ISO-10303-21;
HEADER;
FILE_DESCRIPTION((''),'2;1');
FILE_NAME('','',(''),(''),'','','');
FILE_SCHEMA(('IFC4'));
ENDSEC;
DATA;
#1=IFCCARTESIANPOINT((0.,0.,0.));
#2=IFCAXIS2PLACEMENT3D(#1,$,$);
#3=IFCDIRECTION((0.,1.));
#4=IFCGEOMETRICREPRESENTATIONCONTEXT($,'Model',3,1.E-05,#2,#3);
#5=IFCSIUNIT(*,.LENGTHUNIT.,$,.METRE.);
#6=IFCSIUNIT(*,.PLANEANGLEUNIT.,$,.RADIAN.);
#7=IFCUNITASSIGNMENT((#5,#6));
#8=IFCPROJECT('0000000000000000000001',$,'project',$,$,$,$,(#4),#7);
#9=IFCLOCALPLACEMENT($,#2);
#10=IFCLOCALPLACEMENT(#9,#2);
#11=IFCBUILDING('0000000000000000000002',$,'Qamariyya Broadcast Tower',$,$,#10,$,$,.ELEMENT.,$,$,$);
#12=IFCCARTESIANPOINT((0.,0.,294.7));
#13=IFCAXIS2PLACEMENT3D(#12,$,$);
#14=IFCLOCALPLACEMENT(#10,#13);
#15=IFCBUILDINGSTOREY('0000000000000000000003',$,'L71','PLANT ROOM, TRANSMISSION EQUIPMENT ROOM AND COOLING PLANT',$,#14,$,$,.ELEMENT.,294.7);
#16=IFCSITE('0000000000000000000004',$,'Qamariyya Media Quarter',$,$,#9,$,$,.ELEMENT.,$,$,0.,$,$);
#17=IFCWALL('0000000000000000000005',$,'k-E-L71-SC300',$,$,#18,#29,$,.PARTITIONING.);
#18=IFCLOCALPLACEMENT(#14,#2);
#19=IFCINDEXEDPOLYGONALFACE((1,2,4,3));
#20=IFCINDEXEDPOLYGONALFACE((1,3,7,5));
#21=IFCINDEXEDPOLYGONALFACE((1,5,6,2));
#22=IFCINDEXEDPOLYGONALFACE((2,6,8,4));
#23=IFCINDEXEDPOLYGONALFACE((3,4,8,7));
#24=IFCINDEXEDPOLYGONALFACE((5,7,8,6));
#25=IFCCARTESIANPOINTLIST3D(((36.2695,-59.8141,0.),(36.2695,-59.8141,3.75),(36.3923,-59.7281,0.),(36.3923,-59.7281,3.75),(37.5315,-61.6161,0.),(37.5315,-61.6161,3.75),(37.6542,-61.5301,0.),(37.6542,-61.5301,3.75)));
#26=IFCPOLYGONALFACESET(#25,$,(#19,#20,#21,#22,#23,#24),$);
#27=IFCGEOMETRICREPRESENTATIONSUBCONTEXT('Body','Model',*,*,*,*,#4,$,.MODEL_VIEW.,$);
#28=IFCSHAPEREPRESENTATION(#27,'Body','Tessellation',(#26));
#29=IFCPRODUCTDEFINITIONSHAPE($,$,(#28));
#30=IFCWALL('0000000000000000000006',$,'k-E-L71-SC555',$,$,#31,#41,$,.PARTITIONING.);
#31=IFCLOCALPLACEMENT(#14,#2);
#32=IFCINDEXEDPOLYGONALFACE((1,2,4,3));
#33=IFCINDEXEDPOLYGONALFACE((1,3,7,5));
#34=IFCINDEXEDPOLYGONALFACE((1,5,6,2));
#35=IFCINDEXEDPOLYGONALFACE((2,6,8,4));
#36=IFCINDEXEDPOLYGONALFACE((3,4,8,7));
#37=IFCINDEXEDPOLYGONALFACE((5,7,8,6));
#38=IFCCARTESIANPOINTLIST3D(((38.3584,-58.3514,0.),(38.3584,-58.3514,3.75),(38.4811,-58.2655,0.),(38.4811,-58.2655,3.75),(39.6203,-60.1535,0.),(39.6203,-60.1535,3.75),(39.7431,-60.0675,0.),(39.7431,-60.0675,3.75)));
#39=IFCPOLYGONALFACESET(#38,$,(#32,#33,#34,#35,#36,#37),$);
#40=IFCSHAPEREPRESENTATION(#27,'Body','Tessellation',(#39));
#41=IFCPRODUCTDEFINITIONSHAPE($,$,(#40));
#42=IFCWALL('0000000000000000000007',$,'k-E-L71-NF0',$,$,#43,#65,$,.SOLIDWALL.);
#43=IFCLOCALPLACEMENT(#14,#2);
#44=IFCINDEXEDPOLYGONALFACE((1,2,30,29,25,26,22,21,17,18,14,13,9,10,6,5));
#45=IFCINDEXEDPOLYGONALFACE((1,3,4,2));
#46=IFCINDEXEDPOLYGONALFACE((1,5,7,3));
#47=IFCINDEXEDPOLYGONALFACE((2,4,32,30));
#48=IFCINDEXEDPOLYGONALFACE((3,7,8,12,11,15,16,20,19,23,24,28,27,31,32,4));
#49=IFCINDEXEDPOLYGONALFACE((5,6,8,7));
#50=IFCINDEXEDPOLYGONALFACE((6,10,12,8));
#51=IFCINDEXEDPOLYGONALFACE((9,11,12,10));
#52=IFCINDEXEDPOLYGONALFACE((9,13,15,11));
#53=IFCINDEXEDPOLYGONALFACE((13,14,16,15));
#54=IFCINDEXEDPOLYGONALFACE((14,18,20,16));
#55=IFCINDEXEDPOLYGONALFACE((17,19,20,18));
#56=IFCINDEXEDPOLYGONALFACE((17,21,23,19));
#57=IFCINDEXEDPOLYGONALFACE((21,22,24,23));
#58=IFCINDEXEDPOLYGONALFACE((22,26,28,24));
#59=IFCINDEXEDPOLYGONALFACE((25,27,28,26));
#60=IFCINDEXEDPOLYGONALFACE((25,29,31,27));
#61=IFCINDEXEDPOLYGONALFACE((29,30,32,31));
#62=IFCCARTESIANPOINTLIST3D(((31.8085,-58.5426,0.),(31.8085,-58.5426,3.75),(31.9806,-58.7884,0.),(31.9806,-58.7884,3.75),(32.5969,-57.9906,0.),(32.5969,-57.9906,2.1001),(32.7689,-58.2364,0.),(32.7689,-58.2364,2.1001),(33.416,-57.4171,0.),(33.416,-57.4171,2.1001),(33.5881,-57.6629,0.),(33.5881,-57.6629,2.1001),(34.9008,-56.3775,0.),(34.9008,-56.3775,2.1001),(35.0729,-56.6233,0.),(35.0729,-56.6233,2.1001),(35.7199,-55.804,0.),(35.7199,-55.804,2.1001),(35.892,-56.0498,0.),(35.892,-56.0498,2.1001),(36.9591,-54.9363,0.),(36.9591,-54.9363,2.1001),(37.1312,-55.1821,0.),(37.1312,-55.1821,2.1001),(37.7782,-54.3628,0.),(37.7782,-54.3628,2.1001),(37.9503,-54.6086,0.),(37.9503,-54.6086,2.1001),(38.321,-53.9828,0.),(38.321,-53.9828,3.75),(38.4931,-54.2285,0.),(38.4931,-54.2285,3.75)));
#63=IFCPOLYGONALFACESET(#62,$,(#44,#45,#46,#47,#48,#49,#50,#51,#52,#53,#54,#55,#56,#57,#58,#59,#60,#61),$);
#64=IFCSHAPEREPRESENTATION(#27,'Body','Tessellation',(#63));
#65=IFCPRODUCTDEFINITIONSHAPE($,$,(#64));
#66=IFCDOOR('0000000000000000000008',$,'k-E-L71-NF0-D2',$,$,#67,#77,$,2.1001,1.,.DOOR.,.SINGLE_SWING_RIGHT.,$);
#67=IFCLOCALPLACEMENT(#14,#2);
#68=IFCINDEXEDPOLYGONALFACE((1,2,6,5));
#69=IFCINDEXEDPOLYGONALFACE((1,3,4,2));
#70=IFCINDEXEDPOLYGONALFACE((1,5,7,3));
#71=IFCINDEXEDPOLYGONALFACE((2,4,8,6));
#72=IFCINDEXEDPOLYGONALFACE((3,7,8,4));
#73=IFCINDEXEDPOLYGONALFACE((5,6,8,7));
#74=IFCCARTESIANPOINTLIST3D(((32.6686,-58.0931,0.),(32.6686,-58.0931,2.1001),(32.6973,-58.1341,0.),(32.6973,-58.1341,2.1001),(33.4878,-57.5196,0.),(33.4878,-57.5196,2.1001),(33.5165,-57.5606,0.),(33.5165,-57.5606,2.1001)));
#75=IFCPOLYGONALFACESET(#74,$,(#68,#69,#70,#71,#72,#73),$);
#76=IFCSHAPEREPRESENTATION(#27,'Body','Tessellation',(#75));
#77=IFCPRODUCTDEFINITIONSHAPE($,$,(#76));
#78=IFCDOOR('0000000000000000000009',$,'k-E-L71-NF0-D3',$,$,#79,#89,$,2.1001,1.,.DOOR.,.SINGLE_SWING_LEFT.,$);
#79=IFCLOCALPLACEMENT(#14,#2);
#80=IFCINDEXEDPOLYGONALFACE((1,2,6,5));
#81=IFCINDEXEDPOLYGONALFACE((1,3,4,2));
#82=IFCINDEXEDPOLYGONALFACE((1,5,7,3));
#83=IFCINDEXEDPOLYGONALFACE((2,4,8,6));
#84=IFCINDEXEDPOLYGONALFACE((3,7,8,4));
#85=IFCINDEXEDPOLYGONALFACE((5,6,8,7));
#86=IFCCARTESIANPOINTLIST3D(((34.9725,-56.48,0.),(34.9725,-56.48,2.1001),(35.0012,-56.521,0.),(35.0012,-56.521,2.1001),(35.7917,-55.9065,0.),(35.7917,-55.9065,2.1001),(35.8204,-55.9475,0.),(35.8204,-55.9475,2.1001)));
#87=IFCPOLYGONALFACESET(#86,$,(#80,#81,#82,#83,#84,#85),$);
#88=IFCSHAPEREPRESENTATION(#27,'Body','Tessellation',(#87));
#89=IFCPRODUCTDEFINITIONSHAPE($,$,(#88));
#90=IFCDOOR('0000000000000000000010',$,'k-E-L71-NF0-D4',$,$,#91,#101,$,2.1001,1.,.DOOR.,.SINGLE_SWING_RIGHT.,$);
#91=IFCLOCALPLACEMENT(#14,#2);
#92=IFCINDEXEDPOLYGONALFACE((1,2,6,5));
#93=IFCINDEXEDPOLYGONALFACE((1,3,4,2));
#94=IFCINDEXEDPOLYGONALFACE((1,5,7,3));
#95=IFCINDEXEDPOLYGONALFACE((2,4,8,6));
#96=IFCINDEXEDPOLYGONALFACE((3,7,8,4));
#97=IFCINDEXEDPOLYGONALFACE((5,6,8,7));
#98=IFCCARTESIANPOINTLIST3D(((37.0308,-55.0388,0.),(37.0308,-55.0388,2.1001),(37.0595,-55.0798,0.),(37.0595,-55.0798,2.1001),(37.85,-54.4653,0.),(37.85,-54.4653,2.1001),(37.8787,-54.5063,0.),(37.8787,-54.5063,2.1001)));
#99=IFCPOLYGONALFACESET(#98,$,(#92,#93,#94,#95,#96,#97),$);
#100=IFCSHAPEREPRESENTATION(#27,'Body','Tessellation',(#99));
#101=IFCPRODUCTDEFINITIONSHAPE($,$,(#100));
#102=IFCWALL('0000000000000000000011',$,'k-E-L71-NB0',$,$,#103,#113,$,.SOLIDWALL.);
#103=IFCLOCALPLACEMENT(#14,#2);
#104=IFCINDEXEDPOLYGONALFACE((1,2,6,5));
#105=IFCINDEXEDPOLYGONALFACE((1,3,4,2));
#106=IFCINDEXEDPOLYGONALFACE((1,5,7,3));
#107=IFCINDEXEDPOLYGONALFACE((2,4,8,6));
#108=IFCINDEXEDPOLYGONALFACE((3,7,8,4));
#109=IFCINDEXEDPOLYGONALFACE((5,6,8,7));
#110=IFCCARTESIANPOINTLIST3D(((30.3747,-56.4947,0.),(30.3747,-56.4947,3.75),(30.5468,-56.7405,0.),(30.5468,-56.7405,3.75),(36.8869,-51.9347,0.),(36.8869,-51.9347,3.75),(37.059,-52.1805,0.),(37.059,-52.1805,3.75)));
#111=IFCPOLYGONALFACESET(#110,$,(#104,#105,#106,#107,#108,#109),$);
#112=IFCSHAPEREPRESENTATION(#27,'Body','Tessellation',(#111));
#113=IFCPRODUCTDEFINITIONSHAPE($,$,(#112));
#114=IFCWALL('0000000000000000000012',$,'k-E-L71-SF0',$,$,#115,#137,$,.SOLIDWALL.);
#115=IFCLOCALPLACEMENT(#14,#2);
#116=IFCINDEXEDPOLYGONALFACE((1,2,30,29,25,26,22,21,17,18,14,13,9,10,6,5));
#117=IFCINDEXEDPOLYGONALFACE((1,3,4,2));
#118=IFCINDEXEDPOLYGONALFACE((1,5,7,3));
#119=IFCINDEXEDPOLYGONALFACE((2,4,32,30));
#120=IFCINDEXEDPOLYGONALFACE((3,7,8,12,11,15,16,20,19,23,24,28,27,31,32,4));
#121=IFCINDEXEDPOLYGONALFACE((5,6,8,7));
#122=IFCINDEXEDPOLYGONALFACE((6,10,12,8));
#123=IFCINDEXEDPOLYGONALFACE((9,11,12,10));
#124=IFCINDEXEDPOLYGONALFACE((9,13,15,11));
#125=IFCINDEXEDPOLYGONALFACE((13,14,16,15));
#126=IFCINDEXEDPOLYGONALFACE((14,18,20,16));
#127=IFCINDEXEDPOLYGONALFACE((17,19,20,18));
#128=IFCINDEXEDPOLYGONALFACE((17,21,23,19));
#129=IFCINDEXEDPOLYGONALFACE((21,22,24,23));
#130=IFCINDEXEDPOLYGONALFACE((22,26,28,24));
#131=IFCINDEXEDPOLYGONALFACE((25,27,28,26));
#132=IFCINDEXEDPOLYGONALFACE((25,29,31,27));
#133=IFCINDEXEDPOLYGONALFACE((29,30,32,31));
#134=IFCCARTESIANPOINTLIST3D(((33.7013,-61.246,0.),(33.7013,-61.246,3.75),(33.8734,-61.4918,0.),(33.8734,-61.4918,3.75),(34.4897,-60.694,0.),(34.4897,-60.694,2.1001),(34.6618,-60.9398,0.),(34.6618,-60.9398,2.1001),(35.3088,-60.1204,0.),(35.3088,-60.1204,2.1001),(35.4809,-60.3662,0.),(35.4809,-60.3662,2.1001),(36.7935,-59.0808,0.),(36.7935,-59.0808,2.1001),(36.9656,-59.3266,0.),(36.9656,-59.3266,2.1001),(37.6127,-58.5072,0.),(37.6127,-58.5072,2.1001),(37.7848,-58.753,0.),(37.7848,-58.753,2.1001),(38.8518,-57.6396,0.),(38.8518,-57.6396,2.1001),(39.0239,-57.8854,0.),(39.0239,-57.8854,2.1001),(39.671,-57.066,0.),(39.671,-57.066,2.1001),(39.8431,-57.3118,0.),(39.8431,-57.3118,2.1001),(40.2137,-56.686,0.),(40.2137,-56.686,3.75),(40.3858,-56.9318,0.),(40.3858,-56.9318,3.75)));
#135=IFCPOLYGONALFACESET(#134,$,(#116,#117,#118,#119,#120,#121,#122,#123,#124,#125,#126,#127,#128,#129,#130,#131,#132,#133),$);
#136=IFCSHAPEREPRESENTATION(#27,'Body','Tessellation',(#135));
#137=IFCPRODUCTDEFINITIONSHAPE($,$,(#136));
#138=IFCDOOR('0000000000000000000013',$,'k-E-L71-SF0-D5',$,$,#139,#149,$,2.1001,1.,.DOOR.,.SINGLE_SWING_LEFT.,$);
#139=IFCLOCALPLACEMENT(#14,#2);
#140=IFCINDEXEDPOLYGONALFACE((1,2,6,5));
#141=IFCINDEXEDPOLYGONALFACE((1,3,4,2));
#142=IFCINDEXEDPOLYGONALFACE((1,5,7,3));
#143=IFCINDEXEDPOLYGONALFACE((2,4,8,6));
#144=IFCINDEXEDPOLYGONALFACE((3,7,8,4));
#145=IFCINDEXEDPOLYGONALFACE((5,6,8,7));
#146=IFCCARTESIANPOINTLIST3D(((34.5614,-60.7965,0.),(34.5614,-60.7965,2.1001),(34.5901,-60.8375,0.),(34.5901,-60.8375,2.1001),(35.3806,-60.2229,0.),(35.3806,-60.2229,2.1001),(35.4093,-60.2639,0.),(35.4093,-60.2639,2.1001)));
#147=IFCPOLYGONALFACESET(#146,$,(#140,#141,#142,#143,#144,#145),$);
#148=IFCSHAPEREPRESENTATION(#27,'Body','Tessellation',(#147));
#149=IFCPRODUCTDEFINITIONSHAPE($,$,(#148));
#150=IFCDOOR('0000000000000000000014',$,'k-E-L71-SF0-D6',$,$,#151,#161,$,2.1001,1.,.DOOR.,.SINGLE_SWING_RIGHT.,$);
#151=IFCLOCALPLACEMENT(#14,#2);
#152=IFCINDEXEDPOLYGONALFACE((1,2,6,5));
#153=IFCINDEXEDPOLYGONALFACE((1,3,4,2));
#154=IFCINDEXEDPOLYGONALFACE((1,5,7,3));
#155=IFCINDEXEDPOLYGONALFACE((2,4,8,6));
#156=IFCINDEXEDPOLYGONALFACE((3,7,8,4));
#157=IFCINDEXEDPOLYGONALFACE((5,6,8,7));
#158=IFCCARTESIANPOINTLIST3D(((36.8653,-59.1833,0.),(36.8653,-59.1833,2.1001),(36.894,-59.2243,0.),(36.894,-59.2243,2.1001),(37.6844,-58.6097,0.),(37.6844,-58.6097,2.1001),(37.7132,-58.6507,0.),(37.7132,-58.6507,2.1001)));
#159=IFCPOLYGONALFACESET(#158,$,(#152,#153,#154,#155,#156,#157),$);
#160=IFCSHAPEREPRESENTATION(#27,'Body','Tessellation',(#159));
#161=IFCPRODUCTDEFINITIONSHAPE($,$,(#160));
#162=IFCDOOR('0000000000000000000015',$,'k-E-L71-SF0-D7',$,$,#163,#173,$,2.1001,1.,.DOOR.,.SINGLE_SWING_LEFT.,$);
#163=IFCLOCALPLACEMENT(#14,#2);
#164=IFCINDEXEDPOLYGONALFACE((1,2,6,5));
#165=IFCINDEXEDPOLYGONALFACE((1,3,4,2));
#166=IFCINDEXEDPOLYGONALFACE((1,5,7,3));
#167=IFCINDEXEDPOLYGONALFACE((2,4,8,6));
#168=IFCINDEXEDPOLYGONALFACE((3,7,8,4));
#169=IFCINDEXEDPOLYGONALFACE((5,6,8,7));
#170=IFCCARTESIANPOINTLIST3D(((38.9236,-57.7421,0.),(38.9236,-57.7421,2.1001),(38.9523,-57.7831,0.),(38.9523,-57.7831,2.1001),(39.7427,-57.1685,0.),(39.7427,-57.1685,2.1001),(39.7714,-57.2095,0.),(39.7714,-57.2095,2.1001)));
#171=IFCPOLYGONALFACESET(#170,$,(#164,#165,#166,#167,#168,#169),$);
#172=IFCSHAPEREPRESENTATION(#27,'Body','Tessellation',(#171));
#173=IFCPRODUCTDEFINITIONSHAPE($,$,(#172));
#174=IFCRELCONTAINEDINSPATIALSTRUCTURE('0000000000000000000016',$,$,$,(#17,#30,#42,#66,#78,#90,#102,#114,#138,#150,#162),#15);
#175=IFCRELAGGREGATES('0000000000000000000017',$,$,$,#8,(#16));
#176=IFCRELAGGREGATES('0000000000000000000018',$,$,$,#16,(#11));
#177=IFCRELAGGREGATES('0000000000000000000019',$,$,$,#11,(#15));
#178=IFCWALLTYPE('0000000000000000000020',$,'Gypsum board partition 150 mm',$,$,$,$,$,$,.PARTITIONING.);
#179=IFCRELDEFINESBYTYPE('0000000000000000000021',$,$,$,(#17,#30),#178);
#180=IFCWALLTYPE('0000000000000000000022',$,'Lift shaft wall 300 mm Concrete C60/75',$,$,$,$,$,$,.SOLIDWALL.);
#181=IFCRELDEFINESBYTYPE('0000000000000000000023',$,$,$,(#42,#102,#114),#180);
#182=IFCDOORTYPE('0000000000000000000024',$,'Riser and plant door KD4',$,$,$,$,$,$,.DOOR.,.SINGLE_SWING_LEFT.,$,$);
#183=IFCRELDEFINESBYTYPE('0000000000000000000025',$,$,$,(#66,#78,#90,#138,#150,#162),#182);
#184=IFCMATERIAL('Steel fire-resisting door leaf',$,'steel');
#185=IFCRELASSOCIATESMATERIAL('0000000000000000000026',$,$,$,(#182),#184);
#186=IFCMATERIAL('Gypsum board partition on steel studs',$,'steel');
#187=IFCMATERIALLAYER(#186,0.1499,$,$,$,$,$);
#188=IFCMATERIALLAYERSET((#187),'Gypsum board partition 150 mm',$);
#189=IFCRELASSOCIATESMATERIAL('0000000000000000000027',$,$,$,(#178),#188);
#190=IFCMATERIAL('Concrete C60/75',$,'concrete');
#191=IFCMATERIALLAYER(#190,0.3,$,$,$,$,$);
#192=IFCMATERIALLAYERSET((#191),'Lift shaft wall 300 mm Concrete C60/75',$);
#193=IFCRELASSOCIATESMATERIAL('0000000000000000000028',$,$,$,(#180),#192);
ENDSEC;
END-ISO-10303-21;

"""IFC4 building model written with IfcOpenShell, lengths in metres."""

from ifc_helpers import new_model, si_unit, direction, frame, frame_2d, origin, place, context, subcontext, project, spatial, rectangle, extrude, material, layer, layer_set, type_object, element, fill, save


model = new_model("IFC4")

# Units and contexts
model_context = context("Model", 3, precision=1e-05, world=origin(), true_north=direction((0.0, 1.0)))
body_context = subcontext(model_context, "Body", "Model", "MODEL_VIEW")
ifc_project = project(units=[si_unit("LENGTHUNIT", "METRE"), si_unit("PLANEANGLEUNIT", "RADIAN")], contexts=[model_context])

# Site, building, storey
site_placement = place(None, origin())
site = spatial("IfcSite", under=ifc_project, at=site_placement, Name="Qamariyya Media Quarter", CompositionType="ELEMENT", RefElevation=0.0)
building_placement = place(site_placement, origin())
building = spatial("IfcBuilding", under=site, at=building_placement, Name="Qamariyya Broadcast Tower", CompositionType="ELEMENT")
storey_placement = place(building_placement, frame((0.0, 0.0, 294.7)))
storey = spatial("IfcBuildingStorey", under=building, at=storey_placement, Name="L71", Description="PLANT ROOM, TRANSMISSION EQUIPMENT ROOM AND COOLING PLANT", CompositionType="ELEMENT", Elevation=294.7)

# Shared definitions
ifc_material_1 = material(Name="Concrete C60/75", Category="concrete")
ifc_material_2 = material(Name="Steel fire-resisting door leaf", Category="steel")

# Shared definitions
door_type_1 = type_object("IfcDoorType", Name="Riser and plant door KD4", OperationType="SINGLE_SWING_LEFT", PredefinedType="DOOR", material=ifc_material_2)

# Walls
ifc_material_3 = material(Name="Gypsum board partition on steel studs", Category="steel")
ifc_layer_1 = layer(ifc_material_3, 0.1499)
ifc_layer_set_1 = layer_set([ifc_layer_1], Name="Gypsum board partition 150 mm")
wall_type_1 = type_object("IfcWallType", Name="Gypsum board partition 150 mm", PredefinedType="PARTITIONING", material=ifc_layer_set_1)
for number, where, z_axis, x_axis, name in (
    (1, (36.3308, -59.771, 0.0), (0.0, 0.0, 1.0), (0.573634, -0.819112, 0.0), "k-E-L71-SC300"),
    (2, (38.4197, -58.3083, 0.0), (0.0, 0.0, 1.0), (0.573634, -0.819112, 0.0), "k-E-L71-SC555"),
):
    element("IfcWall", number, at=place(storey_placement, frame(where, z_axis=z_axis, x_axis=x_axis)), inside=storey, type_object=wall_type_1, Name=name, PredefinedType="PARTITIONING", context=body_context, shape_type="SweptSolid", body=[
        extrude(rectangle(XDim=2.2, YDim=0.1499, at=frame_2d((1.1001, 0.0))), origin(), (0.0, 0.0, 1.0), 3.75),
    ])

# Wall, openings, doors
ifc_layer_2 = layer(ifc_material_1, 0.3)
ifc_layer_set_2 = layer_set([ifc_layer_2], Name="Lift shaft wall 300 mm Concrete C60/75")
wall_type_2 = type_object("IfcWallType", Name="Lift shaft wall 300 mm Concrete C60/75", PredefinedType="SOLIDWALL", material=ifc_layer_set_2)
wall_1_placement = place(storey_placement, frame((31.8945, -58.6655, 0.0), z_axis=(0.0, 0.0, 1.0), x_axis=(0.819167, 0.573555, 0.0)))
wall_1 = element("IfcWall", 3, at=wall_1_placement, inside=storey, type_object=wall_type_2, Name="k-E-L71-NF0", PredefinedType="SOLIDWALL", context=body_context, shape_type="SweptSolid", body=[
    extrude(rectangle(XDim=7.9502, YDim=0.3, at=frame_2d((3.9751, 0.0))), origin(), (0.0, 0.0, 1.0), 3.75),
])
opening_1_placement = place(wall_1_placement, frame((0.9624, 0.0, 0.0)))
opening_1 = element("IfcOpeningElement", 4, at=opening_1_placement, cuts=wall_1, PredefinedType="OPENING", context=body_context, shape_type="SweptSolid", body=[
    extrude(rectangle(XDim=1.0, YDim=2.1001, at=frame_2d((0.5, 1.05))), frame((0.0, 0.1599, 0.0), z_axis=(0.0, -1.0, 0.0), x_axis=(1.0, 0.0, 0.0)), (0.0, 0.0, 1.0), 0.3201),
])
opening_2_placement = place(wall_1_placement, frame((3.7749, 0.0, 0.0)))
opening_2 = element("IfcOpeningElement", 5, at=opening_2_placement, cuts=wall_1, PredefinedType="OPENING", context=body_context, shape_type="SweptSolid", body=[
    extrude(rectangle(XDim=1.0, YDim=2.1001, at=frame_2d((0.5, 1.05))), frame((0.0, 0.1599, 0.0), z_axis=(0.0, -1.0, 0.0), x_axis=(1.0, 0.0, 0.0)), (0.0, 0.0, 1.0), 0.3201),
])
opening_3_placement = place(wall_1_placement, frame((6.2876, 0.0, 0.0)))
opening_3 = element("IfcOpeningElement", 6, at=opening_3_placement, cuts=wall_1, PredefinedType="OPENING", context=body_context, shape_type="SweptSolid", body=[
    extrude(rectangle(XDim=1.0, YDim=2.1001, at=frame_2d((0.5, 1.05))), frame((0.0, 0.1599, 0.0), z_axis=(0.0, -1.0, 0.0), x_axis=(1.0, 0.0, 0.0)), (0.0, 0.0, 1.0), 0.3201),
])
door_1_placement = place(opening_1_placement, origin())
door_1 = element("IfcDoor", 7, at=door_1_placement, inside=storey, type_object=door_type_1, Name="k-E-L71-NF0-D2", OperationType="SINGLE_SWING_RIGHT", OverallHeight=2.1001, OverallWidth=1.0, PredefinedType="DOOR", context=body_context, shape_type="SweptSolid", body=[
    extrude(rectangle(XDim=1.0, YDim=2.1001, at=frame_2d((0.5, 1.05))), frame((0.0, 0.0249, 0.0), z_axis=(0.0, -1.0, 0.0), x_axis=(1.0, 0.0, 0.0)), (0.0, 0.0, 1.0), 0.05),
])
fill(opening_1, door_1)
door_2_placement = place(opening_2_placement, origin())
door_2 = element("IfcDoor", 8, at=door_2_placement, inside=storey, type_object=door_type_1, Name="k-E-L71-NF0-D3", OperationType="SINGLE_SWING_LEFT", OverallHeight=2.1001, OverallWidth=1.0, PredefinedType="DOOR", context=body_context, shape_type="SweptSolid", body=[
    extrude(rectangle(XDim=1.0, YDim=2.1001, at=frame_2d((0.5, 1.05))), frame((0.0, 0.0249, 0.0), z_axis=(0.0, -1.0, 0.0), x_axis=(1.0, 0.0, 0.0)), (0.0, 0.0, 1.0), 0.05),
])
fill(opening_2, door_2)
door_3_placement = place(opening_3_placement, origin())
door_3 = element("IfcDoor", 9, at=door_3_placement, inside=storey, type_object=door_type_1, Name="k-E-L71-NF0-D4", OperationType="SINGLE_SWING_RIGHT", OverallHeight=2.1001, OverallWidth=1.0, PredefinedType="DOOR", context=body_context, shape_type="SweptSolid", body=[
    extrude(rectangle(XDim=1.0, YDim=2.1001, at=frame_2d((0.5, 1.05))), frame((0.0, 0.0249, 0.0), z_axis=(0.0, -1.0, 0.0), x_axis=(1.0, 0.0, 0.0)), (0.0, 0.0, 1.0), 0.05),
])
fill(opening_3, door_3)

# Wall
wall_2_placement = place(storey_placement, frame((30.4607, -56.6177, 0.0), z_axis=(0.0, 0.0, 1.0), x_axis=(0.819142, 0.57359, 0.0)))
element("IfcWall", 10, at=wall_2_placement, inside=storey, type_object=wall_type_2, Name="k-E-L71-NB0", PredefinedType="SOLIDWALL", context=body_context, shape_type="SweptSolid", body=[
    extrude(rectangle(XDim=7.95, YDim=0.3, at=frame_2d((3.9751, 0.0))), origin(), (0.0, 0.0, 1.0), 3.75),
])

# Wall, openings, doors
wall_3_placement = place(storey_placement, frame((33.7874, -61.3689, 0.0), z_axis=(0.0, 0.0, 1.0), x_axis=(0.819153, 0.573576, 0.0)))
wall_3 = element("IfcWall", 11, at=wall_3_placement, inside=storey, type_object=wall_type_2, Name="k-E-L71-SF0", PredefinedType="SOLIDWALL", context=body_context, shape_type="SweptSolid", body=[
    extrude(rectangle(XDim=7.9502, YDim=0.3, at=frame_2d((3.9751, 0.0))), origin(), (0.0, 0.0, 1.0), 3.75),
])
opening_4_placement = place(wall_3_placement, frame((0.9624, 0.0, 0.0)))
opening_4 = element("IfcOpeningElement", 12, at=opening_4_placement, cuts=wall_3, PredefinedType="OPENING", context=body_context, shape_type="SweptSolid", body=[
    extrude(rectangle(XDim=1.0, YDim=2.1001, at=frame_2d((0.5, 1.05))), frame((0.0, 0.1599, 0.0), z_axis=(0.0, -1.0, 0.0), x_axis=(1.0, 0.0, 0.0)), (0.0, 0.0, 1.0), 0.3201),
])
opening_5_placement = place(wall_3_placement, frame((3.7749, 0.0, 0.0)))
opening_5 = element("IfcOpeningElement", 13, at=opening_5_placement, cuts=wall_3, PredefinedType="OPENING", context=body_context, shape_type="SweptSolid", body=[
    extrude(rectangle(XDim=1.0, YDim=2.1001, at=frame_2d((0.5, 1.05))), frame((0.0, 0.1599, 0.0), z_axis=(0.0, -1.0, 0.0), x_axis=(1.0, 0.0, 0.0)), (0.0, 0.0, 1.0), 0.3201),
])
opening_6_placement = place(wall_3_placement, frame((6.2876, 0.0, 0.0)))
opening_6 = element("IfcOpeningElement", 14, at=opening_6_placement, cuts=wall_3, PredefinedType="OPENING", context=body_context, shape_type="SweptSolid", body=[
    extrude(rectangle(XDim=1.0, YDim=2.1001, at=frame_2d((0.5, 1.05))), frame((0.0, 0.1599, 0.0), z_axis=(0.0, -1.0, 0.0), x_axis=(1.0, 0.0, 0.0)), (0.0, 0.0, 1.0), 0.3201),
])
door_4_placement = place(opening_4_placement, origin())
door_4 = element("IfcDoor", 15, at=door_4_placement, inside=storey, type_object=door_type_1, Name="k-E-L71-SF0-D5", OperationType="SINGLE_SWING_LEFT", OverallHeight=2.1001, OverallWidth=1.0, PredefinedType="DOOR", context=body_context, shape_type="SweptSolid", body=[
    extrude(rectangle(XDim=1.0, YDim=2.1001, at=frame_2d((0.5, 1.05))), frame((0.0, 0.0249, 0.0), z_axis=(0.0, -1.0, 0.0), x_axis=(1.0, 0.0, 0.0)), (0.0, 0.0, 1.0), 0.05),
])
fill(opening_4, door_4)
door_5_placement = place(opening_5_placement, origin())
door_5 = element("IfcDoor", 16, at=door_5_placement, inside=storey, type_object=door_type_1, Name="k-E-L71-SF0-D6", OperationType="SINGLE_SWING_RIGHT", OverallHeight=2.1001, OverallWidth=1.0, PredefinedType="DOOR", context=body_context, shape_type="SweptSolid", body=[
    extrude(rectangle(XDim=1.0, YDim=2.1001, at=frame_2d((0.5, 1.05))), frame((0.0, 0.0249, 0.0), z_axis=(0.0, -1.0, 0.0), x_axis=(1.0, 0.0, 0.0)), (0.0, 0.0, 1.0), 0.05),
])
fill(opening_5, door_5)
door_6_placement = place(opening_6_placement, origin())
door_6 = element("IfcDoor", 17, at=door_6_placement, inside=storey, type_object=door_type_1, Name="k-E-L71-SF0-D7", OperationType="SINGLE_SWING_LEFT", OverallHeight=2.1001, OverallWidth=1.0, PredefinedType="DOOR", context=body_context, shape_type="SweptSolid", body=[
    extrude(rectangle(XDim=1.0, YDim=2.1001, at=frame_2d((0.5, 1.05))), frame((0.0, 0.0249, 0.0), z_axis=(0.0, -1.0, 0.0), x_axis=(1.0, 0.0, 0.0)), (0.0, 0.0, 1.0), 0.05),
])
fill(opening_6, door_6)

save(model, "model.ifc")
